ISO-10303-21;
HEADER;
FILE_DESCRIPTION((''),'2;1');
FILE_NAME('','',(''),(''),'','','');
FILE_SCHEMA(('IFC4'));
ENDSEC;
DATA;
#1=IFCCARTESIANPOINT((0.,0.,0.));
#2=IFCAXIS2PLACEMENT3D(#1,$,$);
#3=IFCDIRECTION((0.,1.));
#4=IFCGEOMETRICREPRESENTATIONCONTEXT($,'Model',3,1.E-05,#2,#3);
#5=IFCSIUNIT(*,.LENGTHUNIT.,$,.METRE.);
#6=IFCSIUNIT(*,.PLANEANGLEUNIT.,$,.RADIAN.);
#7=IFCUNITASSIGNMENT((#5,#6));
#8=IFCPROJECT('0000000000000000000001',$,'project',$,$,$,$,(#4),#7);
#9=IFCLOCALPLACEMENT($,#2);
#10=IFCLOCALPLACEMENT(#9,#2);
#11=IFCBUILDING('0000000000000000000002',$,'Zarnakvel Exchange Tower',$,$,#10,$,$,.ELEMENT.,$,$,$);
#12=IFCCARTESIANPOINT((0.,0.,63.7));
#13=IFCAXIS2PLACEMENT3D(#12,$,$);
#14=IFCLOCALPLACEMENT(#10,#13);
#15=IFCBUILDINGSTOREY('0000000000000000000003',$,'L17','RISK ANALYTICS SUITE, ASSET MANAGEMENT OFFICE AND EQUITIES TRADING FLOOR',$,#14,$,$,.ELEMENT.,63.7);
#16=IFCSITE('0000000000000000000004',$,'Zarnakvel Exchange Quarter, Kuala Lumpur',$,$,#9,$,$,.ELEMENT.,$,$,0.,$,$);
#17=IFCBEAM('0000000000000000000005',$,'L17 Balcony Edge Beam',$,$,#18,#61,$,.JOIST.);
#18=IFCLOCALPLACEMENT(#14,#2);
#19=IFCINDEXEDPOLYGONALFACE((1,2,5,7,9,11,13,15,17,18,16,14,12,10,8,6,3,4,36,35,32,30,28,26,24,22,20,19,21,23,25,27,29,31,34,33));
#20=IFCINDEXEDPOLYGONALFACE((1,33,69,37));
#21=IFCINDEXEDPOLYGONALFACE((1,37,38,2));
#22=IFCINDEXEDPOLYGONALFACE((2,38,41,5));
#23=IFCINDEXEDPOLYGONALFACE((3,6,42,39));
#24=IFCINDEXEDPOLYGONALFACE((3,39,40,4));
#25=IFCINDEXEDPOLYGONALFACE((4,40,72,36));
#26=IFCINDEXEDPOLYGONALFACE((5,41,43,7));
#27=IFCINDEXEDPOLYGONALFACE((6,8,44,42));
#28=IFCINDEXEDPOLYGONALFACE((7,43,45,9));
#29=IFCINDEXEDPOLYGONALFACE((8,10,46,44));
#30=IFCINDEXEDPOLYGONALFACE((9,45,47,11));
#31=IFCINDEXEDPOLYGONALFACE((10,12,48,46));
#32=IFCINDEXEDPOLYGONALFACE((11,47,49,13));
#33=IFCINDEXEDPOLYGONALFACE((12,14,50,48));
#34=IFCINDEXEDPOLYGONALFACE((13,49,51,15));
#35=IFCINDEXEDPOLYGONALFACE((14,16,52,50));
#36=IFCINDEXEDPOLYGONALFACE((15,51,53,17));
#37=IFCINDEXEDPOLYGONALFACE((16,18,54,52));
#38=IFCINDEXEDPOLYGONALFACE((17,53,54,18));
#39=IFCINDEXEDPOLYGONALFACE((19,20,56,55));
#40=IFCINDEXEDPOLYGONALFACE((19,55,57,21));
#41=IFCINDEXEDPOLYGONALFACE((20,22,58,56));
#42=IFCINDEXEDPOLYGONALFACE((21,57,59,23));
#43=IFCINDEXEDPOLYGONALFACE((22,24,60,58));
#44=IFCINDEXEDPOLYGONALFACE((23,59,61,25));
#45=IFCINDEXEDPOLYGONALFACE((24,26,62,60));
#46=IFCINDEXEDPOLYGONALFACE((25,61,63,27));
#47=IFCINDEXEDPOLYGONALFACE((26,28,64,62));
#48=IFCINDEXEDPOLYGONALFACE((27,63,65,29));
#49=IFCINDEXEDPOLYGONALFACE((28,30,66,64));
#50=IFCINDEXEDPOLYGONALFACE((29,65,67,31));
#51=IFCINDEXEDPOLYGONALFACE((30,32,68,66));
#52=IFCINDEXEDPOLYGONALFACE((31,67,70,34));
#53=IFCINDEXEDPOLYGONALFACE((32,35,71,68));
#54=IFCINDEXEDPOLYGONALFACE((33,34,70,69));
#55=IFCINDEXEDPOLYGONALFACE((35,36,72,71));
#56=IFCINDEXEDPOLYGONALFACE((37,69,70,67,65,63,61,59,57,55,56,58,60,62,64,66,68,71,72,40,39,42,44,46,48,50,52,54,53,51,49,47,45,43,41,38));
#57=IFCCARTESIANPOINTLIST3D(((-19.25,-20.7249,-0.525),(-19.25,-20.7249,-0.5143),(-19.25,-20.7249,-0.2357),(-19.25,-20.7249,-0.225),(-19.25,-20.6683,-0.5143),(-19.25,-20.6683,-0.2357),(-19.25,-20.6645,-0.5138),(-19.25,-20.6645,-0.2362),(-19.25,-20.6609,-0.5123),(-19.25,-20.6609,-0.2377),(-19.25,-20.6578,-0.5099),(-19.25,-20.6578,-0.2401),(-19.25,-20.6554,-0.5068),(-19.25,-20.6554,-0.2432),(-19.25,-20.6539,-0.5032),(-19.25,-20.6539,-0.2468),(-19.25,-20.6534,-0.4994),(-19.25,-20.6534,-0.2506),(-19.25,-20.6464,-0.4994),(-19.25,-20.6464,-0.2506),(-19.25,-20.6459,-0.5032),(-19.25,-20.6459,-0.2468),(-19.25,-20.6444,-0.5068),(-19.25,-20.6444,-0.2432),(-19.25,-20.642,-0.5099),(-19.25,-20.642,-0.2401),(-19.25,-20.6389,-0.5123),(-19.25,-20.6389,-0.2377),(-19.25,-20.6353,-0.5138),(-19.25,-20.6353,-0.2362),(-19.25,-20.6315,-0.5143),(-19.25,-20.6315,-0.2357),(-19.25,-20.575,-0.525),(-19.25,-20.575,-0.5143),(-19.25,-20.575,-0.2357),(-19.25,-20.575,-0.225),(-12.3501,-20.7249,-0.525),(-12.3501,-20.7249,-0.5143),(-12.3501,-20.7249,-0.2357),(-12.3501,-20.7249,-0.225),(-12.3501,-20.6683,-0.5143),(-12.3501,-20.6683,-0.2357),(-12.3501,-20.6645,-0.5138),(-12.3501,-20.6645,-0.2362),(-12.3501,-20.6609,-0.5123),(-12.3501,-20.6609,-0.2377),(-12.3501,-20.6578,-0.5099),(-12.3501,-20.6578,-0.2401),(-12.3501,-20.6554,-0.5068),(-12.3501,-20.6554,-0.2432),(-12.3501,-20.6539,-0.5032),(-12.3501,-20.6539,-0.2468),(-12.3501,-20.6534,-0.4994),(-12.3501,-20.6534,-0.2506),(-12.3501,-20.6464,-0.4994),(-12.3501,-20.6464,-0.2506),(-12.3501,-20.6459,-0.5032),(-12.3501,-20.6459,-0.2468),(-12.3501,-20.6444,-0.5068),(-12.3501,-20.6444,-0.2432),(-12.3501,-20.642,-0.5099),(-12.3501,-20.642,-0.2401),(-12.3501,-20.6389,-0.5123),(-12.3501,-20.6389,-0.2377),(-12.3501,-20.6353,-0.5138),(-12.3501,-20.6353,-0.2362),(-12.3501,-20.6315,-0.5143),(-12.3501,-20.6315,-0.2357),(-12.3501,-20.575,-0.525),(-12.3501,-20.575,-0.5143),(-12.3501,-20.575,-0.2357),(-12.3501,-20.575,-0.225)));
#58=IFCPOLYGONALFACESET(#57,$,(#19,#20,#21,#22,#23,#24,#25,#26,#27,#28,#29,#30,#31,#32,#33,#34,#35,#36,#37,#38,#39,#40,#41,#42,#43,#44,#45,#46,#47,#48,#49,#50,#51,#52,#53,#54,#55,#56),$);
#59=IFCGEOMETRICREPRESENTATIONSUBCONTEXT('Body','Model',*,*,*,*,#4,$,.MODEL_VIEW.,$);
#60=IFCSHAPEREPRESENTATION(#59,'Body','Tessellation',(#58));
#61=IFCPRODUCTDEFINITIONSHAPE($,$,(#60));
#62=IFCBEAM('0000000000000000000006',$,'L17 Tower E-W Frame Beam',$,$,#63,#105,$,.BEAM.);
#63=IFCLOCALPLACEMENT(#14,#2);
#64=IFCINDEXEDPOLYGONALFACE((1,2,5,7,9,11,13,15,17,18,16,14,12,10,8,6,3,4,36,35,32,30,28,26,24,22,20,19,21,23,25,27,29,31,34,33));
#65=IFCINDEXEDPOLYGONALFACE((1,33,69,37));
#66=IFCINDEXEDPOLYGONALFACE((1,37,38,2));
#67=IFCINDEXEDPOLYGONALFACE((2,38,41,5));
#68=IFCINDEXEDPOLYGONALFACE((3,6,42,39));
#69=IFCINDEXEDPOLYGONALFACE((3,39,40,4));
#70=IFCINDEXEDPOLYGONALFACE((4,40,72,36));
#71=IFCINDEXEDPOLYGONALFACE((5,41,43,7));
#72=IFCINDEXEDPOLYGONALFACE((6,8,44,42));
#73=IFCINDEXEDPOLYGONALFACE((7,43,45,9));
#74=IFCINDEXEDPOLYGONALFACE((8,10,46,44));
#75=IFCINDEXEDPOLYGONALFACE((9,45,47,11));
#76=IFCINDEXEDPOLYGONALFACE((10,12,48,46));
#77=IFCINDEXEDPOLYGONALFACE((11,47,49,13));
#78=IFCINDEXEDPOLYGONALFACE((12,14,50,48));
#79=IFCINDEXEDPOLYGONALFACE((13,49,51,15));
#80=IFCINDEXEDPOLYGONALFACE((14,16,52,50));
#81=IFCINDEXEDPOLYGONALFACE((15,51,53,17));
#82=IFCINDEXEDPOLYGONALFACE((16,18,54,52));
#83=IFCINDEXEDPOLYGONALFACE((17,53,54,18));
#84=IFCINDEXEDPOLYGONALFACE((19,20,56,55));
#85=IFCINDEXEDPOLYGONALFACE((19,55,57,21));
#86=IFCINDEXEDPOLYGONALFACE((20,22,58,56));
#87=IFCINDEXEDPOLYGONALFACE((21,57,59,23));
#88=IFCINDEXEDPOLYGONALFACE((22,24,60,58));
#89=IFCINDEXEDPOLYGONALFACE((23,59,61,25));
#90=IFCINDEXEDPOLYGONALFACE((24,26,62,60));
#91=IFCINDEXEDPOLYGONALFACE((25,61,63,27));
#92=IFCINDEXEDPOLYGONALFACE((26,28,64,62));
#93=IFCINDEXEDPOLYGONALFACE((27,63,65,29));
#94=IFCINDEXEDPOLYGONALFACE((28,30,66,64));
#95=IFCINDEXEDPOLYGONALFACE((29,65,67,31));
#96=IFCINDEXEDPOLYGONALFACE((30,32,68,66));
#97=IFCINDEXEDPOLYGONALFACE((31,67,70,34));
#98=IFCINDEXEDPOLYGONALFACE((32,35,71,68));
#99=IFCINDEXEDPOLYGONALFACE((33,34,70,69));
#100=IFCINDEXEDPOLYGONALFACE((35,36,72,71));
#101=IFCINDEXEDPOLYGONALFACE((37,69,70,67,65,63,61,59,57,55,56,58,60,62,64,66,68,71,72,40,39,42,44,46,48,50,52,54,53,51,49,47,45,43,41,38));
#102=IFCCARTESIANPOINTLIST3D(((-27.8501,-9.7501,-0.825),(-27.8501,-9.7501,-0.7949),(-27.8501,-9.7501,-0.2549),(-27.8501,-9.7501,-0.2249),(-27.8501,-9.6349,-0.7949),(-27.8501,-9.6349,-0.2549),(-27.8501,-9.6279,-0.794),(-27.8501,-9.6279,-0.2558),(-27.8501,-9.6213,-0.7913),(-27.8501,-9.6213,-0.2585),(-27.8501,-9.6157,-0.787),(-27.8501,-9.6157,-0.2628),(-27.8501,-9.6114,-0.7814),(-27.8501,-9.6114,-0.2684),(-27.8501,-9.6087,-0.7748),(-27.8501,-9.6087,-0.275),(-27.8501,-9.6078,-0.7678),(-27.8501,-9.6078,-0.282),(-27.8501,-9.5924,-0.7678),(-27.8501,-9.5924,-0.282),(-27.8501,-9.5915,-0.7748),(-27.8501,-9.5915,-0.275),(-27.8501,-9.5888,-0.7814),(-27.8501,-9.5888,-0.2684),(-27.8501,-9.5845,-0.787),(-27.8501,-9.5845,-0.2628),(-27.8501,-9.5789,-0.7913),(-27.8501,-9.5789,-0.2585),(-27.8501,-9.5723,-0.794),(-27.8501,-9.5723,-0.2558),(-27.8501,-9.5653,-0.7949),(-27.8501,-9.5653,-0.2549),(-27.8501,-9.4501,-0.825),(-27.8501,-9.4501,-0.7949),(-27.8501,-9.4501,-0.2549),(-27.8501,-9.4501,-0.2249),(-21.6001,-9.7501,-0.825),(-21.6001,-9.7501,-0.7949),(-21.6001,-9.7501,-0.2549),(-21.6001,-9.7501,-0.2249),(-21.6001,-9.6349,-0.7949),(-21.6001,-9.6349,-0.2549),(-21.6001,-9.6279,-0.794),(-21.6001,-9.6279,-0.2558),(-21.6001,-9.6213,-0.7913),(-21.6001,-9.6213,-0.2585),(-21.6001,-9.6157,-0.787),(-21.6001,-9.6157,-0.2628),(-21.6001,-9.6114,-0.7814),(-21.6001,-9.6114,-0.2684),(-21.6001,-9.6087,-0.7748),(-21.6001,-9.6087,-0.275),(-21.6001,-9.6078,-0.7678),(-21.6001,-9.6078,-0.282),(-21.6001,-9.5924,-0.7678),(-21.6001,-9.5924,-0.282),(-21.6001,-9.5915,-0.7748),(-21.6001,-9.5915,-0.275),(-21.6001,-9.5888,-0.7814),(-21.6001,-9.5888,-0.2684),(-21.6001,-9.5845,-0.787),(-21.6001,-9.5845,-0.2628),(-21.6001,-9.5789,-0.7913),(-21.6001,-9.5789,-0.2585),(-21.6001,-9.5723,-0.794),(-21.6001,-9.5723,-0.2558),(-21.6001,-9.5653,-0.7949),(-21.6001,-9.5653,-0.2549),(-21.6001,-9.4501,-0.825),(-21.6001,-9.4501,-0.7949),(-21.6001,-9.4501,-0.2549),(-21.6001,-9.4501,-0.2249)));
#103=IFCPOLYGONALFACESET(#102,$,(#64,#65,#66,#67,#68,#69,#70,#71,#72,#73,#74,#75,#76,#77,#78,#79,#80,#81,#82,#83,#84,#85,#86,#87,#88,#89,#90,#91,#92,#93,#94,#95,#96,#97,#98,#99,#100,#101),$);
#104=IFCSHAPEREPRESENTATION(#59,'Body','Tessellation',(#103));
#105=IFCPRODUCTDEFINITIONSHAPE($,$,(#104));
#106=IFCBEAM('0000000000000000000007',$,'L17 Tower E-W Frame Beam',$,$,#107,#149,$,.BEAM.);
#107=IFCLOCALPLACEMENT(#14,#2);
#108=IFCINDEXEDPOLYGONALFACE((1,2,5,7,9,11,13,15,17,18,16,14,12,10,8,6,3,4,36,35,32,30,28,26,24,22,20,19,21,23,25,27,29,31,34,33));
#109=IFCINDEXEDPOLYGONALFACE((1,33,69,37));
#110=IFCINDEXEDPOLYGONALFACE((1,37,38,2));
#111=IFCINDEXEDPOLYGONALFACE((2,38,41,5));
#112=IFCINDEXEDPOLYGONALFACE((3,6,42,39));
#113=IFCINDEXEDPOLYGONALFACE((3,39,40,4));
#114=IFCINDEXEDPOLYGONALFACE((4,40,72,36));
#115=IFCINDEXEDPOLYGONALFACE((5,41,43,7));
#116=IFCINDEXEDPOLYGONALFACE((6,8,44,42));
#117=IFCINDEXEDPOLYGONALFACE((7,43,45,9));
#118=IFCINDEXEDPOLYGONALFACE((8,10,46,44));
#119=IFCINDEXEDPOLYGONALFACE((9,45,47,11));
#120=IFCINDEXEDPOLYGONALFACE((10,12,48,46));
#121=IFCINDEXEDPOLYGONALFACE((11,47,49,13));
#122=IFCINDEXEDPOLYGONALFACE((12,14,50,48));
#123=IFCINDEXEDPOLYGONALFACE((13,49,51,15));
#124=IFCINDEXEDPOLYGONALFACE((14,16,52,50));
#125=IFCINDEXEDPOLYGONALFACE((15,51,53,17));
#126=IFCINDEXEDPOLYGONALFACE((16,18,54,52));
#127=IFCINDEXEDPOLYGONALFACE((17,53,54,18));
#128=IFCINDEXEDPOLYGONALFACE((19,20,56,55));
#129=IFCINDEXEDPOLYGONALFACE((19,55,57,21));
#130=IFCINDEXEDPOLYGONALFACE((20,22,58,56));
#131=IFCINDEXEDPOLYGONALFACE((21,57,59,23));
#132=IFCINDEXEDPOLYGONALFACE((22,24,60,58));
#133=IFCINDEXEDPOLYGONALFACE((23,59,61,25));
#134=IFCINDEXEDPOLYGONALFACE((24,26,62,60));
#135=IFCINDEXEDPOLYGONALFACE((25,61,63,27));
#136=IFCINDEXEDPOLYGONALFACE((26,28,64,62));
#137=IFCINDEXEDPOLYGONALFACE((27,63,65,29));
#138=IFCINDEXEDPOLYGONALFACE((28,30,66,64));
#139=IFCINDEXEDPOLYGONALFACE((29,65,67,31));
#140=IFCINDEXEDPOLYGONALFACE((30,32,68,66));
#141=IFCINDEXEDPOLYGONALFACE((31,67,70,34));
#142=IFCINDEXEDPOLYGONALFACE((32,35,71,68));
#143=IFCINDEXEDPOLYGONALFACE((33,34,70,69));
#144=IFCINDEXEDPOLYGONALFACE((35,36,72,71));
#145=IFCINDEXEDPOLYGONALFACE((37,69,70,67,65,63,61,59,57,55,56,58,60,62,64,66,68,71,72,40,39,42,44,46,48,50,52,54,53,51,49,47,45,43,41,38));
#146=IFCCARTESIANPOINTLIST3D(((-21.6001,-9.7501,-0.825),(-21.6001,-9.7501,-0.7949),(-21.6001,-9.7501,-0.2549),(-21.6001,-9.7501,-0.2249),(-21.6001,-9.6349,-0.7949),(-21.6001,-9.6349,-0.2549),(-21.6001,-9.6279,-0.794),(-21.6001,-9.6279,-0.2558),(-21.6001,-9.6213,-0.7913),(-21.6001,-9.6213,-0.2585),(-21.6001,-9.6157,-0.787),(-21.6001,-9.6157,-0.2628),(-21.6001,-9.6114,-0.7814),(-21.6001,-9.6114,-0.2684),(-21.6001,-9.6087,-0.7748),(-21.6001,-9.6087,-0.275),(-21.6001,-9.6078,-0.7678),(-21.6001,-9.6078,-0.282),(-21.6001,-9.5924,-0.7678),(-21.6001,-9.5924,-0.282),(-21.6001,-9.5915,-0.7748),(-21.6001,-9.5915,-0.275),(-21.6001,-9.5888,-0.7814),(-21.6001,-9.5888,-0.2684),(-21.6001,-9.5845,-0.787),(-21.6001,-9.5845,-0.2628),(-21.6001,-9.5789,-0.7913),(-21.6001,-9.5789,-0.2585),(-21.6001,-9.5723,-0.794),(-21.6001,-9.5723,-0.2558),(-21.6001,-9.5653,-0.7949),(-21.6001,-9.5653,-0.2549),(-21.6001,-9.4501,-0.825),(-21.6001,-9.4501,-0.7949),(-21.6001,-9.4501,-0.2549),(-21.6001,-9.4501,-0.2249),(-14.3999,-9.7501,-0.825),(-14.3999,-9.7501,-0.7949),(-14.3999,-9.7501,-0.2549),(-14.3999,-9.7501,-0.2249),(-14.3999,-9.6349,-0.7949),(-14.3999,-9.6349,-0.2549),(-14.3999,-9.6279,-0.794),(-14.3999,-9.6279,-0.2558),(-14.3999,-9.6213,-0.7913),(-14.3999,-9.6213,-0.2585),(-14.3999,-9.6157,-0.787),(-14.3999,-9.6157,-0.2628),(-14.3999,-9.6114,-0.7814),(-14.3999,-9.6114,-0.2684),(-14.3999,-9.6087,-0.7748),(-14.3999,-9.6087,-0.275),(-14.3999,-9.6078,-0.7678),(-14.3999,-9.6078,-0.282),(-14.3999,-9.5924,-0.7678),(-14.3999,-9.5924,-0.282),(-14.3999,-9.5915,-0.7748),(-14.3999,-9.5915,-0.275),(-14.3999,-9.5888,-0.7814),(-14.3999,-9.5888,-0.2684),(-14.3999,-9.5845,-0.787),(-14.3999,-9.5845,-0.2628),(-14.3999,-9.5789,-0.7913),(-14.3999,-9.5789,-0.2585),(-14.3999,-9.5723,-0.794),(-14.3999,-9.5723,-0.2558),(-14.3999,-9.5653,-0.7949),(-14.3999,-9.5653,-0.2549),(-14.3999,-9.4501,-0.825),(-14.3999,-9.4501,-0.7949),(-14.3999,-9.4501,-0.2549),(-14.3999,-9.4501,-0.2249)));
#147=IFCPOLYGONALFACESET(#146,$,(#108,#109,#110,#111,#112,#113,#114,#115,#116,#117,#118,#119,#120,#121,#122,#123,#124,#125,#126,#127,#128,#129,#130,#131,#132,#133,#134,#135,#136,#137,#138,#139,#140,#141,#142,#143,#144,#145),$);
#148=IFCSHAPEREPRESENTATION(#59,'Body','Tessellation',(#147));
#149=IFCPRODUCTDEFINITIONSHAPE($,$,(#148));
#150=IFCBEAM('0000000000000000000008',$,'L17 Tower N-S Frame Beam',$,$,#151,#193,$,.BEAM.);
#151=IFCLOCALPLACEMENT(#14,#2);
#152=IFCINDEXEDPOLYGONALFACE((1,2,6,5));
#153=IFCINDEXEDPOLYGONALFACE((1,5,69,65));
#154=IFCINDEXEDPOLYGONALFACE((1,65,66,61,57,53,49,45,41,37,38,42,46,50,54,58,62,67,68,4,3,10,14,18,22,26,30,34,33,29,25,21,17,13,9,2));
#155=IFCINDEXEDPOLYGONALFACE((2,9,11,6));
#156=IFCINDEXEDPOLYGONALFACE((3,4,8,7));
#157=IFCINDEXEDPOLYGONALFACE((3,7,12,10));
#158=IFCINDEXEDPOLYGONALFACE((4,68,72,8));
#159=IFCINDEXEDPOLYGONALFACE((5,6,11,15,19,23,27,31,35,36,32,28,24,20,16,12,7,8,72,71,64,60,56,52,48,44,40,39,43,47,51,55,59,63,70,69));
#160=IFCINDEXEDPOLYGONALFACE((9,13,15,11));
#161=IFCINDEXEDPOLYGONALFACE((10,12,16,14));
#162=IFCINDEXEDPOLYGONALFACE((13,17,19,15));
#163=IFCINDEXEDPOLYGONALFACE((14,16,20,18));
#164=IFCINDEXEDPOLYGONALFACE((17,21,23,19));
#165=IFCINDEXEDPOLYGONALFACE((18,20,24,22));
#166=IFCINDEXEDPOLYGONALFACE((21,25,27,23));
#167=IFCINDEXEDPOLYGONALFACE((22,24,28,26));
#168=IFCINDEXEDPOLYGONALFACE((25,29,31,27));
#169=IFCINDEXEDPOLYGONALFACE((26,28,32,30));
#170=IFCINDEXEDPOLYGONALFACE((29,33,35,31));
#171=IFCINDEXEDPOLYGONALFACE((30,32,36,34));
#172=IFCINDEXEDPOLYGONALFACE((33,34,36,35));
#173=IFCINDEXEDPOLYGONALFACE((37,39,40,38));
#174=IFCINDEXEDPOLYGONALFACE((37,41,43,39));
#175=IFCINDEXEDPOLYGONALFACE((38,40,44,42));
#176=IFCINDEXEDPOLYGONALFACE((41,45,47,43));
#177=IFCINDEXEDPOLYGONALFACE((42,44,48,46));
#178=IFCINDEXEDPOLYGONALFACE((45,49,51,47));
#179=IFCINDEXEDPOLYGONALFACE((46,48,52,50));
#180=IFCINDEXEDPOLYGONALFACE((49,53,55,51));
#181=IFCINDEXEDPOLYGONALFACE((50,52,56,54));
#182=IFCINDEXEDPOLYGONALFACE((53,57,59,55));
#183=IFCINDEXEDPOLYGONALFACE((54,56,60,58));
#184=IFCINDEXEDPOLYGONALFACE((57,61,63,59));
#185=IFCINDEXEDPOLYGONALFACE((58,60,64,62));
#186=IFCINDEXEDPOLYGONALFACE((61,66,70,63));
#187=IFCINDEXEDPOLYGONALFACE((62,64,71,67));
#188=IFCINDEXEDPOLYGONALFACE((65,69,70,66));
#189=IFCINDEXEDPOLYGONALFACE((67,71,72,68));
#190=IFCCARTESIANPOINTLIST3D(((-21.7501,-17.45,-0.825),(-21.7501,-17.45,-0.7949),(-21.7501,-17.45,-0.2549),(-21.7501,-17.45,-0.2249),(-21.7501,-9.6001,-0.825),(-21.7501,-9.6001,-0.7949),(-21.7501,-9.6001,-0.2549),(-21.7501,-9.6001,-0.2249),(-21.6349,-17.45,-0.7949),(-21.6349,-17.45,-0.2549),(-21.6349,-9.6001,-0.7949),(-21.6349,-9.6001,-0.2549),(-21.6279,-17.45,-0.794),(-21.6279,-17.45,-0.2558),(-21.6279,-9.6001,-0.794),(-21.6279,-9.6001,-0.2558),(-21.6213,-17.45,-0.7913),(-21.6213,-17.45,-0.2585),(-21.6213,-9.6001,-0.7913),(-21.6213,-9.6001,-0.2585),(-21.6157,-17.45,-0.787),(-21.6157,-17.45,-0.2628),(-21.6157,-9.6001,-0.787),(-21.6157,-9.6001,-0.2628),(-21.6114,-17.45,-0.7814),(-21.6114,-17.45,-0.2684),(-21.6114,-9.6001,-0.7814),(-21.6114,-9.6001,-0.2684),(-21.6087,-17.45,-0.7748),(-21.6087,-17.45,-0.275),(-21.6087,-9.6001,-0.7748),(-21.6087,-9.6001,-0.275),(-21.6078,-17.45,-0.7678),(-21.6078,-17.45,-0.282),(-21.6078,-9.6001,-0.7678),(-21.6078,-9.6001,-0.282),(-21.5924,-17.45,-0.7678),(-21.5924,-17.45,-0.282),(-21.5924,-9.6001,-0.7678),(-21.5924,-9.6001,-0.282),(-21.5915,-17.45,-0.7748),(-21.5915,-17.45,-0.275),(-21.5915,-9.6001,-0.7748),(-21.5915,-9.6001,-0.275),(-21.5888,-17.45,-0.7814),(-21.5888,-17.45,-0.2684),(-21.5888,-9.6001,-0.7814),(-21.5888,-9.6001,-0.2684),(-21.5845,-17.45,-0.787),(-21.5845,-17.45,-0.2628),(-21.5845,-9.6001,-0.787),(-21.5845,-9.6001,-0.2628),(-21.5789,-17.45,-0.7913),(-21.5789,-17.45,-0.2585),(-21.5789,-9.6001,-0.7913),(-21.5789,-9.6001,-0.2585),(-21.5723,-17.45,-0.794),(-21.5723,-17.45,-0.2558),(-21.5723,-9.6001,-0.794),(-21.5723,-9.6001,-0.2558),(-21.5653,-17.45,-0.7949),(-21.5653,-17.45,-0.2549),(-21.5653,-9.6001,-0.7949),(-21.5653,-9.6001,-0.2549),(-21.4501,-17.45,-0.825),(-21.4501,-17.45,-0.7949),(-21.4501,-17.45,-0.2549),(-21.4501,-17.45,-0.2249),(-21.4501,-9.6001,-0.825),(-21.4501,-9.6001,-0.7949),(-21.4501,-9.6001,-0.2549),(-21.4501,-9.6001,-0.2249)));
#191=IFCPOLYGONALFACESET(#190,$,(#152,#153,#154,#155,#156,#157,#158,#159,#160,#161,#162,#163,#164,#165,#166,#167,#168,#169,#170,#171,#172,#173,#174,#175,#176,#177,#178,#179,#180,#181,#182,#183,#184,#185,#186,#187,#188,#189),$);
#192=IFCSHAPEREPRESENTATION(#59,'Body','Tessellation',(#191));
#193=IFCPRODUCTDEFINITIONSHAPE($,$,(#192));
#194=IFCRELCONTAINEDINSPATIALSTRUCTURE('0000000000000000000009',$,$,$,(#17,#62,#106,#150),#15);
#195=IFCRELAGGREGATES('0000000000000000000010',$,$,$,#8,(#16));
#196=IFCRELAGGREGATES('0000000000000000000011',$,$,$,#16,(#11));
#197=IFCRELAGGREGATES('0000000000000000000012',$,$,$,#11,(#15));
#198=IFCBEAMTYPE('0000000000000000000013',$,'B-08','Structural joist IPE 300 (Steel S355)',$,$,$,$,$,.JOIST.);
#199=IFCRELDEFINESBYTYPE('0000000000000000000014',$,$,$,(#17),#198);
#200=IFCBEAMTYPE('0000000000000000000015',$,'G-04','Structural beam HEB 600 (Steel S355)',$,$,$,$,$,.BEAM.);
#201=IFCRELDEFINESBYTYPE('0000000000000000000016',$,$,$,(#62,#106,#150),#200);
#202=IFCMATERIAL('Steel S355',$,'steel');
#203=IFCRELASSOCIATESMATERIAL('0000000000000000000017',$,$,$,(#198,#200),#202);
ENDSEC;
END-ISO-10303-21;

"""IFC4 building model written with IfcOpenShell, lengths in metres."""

from ifc_helpers import new_model, si_unit, direction, frame, origin, origin_2d, place, context, subcontext, project, spatial, i_section, extrude, material, material_profile, profile_set, type_object, element, save


model = new_model("IFC4")

# Units and contexts
model_context = context("Model", 3, precision=1e-05, world=origin(), true_north=direction((0.0, 1.0)))
body_context = subcontext(model_context, "Body", "Model", "MODEL_VIEW")
ifc_project = project(units=[si_unit("LENGTHUNIT", "METRE"), si_unit("PLANEANGLEUNIT", "RADIAN")], contexts=[model_context])

# Site, building, storey
site_placement = place(None, origin())
site = spatial("IfcSite", under=ifc_project, at=site_placement, Name="Zarnakvel Exchange Quarter, Kuala Lumpur", CompositionType="ELEMENT", RefElevation=0.0)
building_placement = place(site_placement, origin())
building = spatial("IfcBuilding", under=site, at=building_placement, Name="Zarnakvel Exchange Tower", CompositionType="ELEMENT")
storey_placement = place(building_placement, frame((0.0, 0.0, 63.7)))
storey = spatial("IfcBuildingStorey", under=building, at=storey_placement, Name="L17", Description="RISK ANALYTICS SUITE, ASSET MANAGEMENT OFFICE AND EQUITIES TRADING FLOOR", CompositionType="ELEMENT", Elevation=63.7)

# Shared definitions
ifc_material_1 = material(Name="Steel S355", Category="steel")

# Beams
ifc_material_profile_1 = material_profile(ifc_material_1, i_section(OverallWidth=0.1499, OverallDepth=0.3, WebThickness=0.0071, FlangeThickness=0.0107, FilletRadius=0.0149, at=origin_2d()))
ifc_profile_set_1 = profile_set([ifc_material_profile_1], Name="Steel S355")
beam_type_1 = type_object("IfcBeamType", Name="B-08", Description="Structural joist IPE 300 (Steel S355)", PredefinedType="JOIST", material=ifc_profile_set_1)
beam_1_placement = place(storey_placement, frame((-19.25, -20.6499, -0.375), z_axis=(1.0, 0.0, 0.0), x_axis=(0.0, 1.0, 0.0)))
element("IfcBeam", 1, at=beam_1_placement, inside=storey, type_object=beam_type_1, Name="L17 Balcony Edge Beam", PredefinedType="JOIST", context=body_context, shape_type="SweptSolid", body=[
    extrude(i_section(OverallWidth=0.1499, OverallDepth=0.3, WebThickness=0.0071, FlangeThickness=0.0107, FilletRadius=0.0149, at=origin_2d()), origin(), (0.0, 0.0, 1.0), 6.8999),
])
ifc_material_profile_2 = material_profile(ifc_material_1, i_section(OverallWidth=0.3, OverallDepth=0.6001, WebThickness=0.0154, FlangeThickness=0.03, FilletRadius=0.0271, at=origin_2d()))
ifc_profile_set_2 = profile_set([ifc_material_profile_2], Name="Steel S355")
beam_type_2 = type_object("IfcBeamType", Name="G-04", Description="Structural beam HEB 600 (Steel S355)", PredefinedType="BEAM", material=ifc_profile_set_2)
beam_2_placement = place(storey_placement, frame((-27.8501, -9.6001, -0.5249), z_axis=(1.0, 0.0, 0.0), x_axis=(0.0, 1.0, 0.0)))
element("IfcBeam", 2, at=beam_2_placement, inside=storey, type_object=beam_type_2, Name="L17 Tower E-W Frame Beam", PredefinedType="BEAM", context=body_context, shape_type="SweptSolid", body=[
    extrude(i_section(OverallWidth=0.3, OverallDepth=0.6001, WebThickness=0.0154, FlangeThickness=0.03, FilletRadius=0.0271, at=origin_2d()), origin(), (0.0, 0.0, 1.0), 6.25),
])
beam_3_placement = place(storey_placement, frame((-21.6001, -9.6001, -0.5249), z_axis=(1.0, 0.0, 0.0), x_axis=(0.0, 1.0, 0.0)))
element("IfcBeam", 3, at=beam_3_placement, inside=storey, type_object=beam_type_2, Name="L17 Tower E-W Frame Beam", PredefinedType="BEAM", context=body_context, shape_type="SweptSolid", body=[
    extrude(i_section(OverallWidth=0.3, OverallDepth=0.6001, WebThickness=0.0154, FlangeThickness=0.03, FilletRadius=0.0271, at=origin_2d()), origin(), (0.0, 0.0, 1.0), 7.2002),
])
beam_4_placement = place(storey_placement, frame((-21.6001, -17.45, -0.5249), z_axis=(0.0, 1.0, 0.0), x_axis=(-1.0, 0.0, 0.0)))
element("IfcBeam", 4, at=beam_4_placement, inside=storey, type_object=beam_type_2, Name="L17 Tower N-S Frame Beam", PredefinedType="BEAM", context=body_context, shape_type="SweptSolid", body=[
    extrude(i_section(OverallWidth=0.3, OverallDepth=0.6001, WebThickness=0.0154, FlangeThickness=0.03, FilletRadius=0.0271, at=origin_2d()), origin(), (0.0, 0.0, 1.0), 7.8499),
])

save(model, "model.ifc")
